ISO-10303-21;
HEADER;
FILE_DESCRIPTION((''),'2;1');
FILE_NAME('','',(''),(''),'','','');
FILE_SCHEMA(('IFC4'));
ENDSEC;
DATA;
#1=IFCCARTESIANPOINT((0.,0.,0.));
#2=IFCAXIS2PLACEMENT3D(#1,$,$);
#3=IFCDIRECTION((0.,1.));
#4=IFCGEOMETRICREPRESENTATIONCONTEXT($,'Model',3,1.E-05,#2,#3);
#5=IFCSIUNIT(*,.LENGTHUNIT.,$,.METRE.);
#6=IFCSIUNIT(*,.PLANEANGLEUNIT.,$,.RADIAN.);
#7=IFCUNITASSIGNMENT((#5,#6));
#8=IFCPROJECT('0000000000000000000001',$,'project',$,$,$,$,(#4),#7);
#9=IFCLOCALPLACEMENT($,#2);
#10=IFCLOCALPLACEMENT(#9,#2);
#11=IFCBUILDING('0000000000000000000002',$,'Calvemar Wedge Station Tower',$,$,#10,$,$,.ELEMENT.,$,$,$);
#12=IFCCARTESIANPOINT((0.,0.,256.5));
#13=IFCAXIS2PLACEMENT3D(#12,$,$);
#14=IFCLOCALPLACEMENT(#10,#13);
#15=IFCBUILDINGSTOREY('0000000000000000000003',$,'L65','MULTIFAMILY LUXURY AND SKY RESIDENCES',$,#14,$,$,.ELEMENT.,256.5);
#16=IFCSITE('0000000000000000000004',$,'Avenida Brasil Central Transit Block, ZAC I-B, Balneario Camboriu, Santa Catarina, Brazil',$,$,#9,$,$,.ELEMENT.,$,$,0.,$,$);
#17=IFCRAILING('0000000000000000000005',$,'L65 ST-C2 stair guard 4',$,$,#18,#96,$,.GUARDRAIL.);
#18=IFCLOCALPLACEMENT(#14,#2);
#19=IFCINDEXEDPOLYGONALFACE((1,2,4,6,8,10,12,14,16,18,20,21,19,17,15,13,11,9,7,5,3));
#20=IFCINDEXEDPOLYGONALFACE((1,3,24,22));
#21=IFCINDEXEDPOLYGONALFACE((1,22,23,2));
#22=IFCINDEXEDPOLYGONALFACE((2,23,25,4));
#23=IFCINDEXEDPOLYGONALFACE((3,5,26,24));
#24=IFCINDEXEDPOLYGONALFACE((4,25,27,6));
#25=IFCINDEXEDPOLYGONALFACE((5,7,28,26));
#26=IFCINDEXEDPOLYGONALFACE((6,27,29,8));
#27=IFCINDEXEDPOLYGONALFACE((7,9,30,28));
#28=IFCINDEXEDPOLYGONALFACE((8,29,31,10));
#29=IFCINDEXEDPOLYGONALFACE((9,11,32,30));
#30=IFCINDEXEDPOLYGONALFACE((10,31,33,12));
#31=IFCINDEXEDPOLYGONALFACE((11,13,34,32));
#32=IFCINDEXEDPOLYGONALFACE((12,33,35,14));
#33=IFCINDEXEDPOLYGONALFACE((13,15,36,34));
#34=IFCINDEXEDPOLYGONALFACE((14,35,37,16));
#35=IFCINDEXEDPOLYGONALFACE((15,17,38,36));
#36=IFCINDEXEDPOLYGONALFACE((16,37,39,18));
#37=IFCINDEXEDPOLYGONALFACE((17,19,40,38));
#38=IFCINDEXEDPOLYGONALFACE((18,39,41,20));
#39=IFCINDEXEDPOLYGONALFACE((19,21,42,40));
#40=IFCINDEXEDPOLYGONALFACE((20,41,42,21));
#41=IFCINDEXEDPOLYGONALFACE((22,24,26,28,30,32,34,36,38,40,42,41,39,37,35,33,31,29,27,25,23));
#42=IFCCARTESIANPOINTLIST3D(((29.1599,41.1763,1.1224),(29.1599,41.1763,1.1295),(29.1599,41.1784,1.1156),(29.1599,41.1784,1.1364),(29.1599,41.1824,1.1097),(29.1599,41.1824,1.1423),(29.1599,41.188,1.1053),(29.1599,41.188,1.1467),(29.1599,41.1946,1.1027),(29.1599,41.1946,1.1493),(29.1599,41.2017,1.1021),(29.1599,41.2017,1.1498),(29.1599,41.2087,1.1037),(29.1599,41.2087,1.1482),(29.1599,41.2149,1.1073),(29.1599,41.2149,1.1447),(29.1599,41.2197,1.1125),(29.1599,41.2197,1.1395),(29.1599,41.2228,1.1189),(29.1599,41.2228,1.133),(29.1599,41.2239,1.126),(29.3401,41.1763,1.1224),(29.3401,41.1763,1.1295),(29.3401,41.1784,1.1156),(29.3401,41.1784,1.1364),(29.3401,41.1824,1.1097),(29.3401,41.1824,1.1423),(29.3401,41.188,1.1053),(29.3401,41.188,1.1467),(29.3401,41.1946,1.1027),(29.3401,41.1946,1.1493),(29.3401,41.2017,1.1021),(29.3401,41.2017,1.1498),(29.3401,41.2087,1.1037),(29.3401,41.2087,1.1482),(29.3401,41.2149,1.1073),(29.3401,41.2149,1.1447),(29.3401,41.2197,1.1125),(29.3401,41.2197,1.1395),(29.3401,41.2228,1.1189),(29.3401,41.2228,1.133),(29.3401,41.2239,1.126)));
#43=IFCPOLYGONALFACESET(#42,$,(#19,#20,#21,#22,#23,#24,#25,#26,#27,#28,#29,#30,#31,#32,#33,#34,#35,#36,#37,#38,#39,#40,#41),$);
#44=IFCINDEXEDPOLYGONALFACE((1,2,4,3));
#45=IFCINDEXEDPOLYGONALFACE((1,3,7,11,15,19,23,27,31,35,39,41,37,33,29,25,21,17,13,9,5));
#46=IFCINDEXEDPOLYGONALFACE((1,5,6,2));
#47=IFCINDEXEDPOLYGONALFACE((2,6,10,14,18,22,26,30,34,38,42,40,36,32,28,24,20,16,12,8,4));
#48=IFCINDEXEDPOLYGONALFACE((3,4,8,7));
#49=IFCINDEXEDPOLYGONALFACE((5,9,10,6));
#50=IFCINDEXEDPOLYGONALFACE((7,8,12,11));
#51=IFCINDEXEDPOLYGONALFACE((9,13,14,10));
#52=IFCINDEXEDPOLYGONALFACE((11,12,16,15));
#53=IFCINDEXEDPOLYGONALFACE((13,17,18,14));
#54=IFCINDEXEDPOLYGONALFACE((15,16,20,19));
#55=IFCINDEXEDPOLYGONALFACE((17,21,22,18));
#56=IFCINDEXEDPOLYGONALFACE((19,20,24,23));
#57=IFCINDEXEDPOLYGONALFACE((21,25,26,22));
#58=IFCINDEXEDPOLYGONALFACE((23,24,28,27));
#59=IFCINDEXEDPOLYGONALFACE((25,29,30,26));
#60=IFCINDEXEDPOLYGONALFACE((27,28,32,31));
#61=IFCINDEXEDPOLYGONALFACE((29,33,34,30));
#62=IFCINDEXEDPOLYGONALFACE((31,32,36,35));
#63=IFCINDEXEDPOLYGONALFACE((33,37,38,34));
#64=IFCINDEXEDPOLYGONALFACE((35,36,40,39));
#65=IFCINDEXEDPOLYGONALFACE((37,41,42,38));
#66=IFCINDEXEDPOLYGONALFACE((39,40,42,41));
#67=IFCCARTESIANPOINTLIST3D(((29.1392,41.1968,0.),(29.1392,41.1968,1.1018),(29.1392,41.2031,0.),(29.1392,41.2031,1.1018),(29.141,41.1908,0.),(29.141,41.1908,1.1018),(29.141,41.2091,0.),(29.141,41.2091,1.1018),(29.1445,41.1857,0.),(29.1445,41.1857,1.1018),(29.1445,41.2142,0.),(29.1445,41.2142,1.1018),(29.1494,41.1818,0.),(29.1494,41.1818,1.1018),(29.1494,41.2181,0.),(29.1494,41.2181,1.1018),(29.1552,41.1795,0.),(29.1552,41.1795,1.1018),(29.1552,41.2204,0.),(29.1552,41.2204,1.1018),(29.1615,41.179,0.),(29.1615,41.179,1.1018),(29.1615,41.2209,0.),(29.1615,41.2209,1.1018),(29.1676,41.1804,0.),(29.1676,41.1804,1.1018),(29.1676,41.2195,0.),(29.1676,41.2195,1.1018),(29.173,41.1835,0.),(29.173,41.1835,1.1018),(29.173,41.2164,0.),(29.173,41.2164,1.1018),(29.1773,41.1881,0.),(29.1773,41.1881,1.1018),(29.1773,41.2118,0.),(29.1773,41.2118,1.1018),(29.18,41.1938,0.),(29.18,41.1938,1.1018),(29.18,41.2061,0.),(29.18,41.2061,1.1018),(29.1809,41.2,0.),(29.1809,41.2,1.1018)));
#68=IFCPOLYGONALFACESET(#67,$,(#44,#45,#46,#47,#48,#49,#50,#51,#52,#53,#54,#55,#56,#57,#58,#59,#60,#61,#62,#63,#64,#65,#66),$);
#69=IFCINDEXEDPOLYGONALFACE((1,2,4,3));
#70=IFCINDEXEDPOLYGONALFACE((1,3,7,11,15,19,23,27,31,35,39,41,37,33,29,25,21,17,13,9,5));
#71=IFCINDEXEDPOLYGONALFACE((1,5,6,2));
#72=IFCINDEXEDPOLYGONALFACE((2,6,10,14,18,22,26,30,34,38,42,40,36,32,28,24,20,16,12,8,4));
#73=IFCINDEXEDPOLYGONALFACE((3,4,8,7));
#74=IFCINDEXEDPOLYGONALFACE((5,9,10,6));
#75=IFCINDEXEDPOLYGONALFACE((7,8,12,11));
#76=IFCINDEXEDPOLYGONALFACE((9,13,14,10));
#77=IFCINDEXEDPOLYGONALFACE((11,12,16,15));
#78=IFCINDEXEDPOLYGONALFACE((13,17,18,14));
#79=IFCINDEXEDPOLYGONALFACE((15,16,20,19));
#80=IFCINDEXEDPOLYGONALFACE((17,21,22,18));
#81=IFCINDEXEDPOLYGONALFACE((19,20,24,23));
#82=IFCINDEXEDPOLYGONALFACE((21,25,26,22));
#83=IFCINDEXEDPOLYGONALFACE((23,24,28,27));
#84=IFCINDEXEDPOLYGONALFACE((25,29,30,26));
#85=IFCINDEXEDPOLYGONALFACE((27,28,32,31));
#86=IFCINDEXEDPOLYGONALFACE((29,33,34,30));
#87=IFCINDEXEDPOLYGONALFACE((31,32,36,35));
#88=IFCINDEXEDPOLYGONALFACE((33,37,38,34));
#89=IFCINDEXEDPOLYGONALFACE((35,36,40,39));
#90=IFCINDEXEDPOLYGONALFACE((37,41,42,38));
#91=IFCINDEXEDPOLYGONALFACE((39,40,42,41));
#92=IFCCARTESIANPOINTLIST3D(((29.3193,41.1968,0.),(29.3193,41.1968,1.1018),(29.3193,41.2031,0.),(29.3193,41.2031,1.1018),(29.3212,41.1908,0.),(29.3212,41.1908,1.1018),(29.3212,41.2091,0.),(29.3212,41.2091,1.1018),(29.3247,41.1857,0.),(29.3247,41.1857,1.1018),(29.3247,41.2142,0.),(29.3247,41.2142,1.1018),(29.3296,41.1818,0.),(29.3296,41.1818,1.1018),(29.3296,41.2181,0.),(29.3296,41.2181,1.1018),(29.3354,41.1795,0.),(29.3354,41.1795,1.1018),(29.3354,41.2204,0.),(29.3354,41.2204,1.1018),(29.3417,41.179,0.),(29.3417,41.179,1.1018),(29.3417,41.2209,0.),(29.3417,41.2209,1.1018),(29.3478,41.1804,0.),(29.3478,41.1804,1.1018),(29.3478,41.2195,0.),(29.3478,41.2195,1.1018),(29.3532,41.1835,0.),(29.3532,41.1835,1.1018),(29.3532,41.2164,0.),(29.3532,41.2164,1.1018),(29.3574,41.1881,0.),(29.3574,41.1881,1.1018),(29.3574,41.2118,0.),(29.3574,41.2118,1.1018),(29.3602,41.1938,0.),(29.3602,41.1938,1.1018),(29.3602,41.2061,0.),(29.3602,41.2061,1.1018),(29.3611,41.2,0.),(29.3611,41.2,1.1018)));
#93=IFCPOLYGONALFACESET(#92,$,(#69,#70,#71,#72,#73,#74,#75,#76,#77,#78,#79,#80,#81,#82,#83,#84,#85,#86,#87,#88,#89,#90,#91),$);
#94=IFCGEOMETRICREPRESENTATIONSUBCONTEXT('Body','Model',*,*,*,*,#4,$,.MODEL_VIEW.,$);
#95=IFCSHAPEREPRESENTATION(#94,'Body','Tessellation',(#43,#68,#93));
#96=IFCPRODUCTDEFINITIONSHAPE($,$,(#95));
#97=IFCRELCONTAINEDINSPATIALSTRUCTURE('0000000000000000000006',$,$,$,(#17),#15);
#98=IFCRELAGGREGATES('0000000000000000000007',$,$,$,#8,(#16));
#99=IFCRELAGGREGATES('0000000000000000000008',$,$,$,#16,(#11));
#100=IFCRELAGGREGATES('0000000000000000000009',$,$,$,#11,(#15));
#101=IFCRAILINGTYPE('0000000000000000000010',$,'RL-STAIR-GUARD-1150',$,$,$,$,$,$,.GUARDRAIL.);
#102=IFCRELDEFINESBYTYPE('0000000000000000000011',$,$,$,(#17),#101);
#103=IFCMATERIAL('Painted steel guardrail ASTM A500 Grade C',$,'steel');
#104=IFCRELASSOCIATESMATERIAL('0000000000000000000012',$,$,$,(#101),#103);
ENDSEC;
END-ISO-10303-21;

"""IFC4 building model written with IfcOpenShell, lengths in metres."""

from ifc_helpers import new_model, si_unit, direction, frame, origin, origin_2d, place, context, subcontext, project, spatial, circle, extrude, material, type_object, element, save


model = new_model("IFC4")

# Units and contexts
model_context = context("Model", 3, precision=1e-05, world=origin(), true_north=direction((0.0, 1.0)))
body_context = subcontext(model_context, "Body", "Model", "MODEL_VIEW")
ifc_project = project(units=[si_unit("LENGTHUNIT", "METRE"), si_unit("PLANEANGLEUNIT", "RADIAN")], contexts=[model_context])

# Site, building, storey
site_placement = place(None, origin())
site = spatial("IfcSite", under=ifc_project, at=site_placement, Name="Avenida Brasil Central Transit Block, ZAC I-B, Balneario Camboriu, Santa Catarina, Brazil", CompositionType="ELEMENT", RefElevation=0.0)
building_placement = place(site_placement, origin())
building = spatial("IfcBuilding", under=site, at=building_placement, Name="Calvemar Wedge Station Tower", CompositionType="ELEMENT")
storey_placement = place(building_placement, frame((0.0, 0.0, 256.5)))
storey = spatial("IfcBuildingStorey", under=building, at=storey_placement, Name="L65", Description="MULTIFAMILY LUXURY AND SKY RESIDENCES", CompositionType="ELEMENT", Elevation=256.5)

# Railing
ifc_material_1 = material(Name="Painted steel guardrail ASTM A500 Grade C", Category="steel")
railing_type_1 = type_object("IfcRailingType", Name="RL-STAIR-GUARD-1150", PredefinedType="GUARDRAIL", material=ifc_material_1)
railing_1_placement = place(storey_placement, frame((29.1599, 41.2, 0.0)))
element("IfcRailing", 1, at=railing_1_placement, inside=storey, type_object=railing_type_1, Name="L65 ST-C2 stair guard 4", PredefinedType="GUARDRAIL", context=body_context, shape_type="SweptSolid", body=[
    extrude(circle(Radius=0.0239, at=origin_2d()), frame((0.0, 0.0, 1.126), z_axis=(1.0, 0.0, 0.0), x_axis=(0.0, 1.0, 0.0)), (0.0, 0.0, 1.0), 0.1802),
    extrude(circle(Radius=0.021, at=origin_2d()), origin(), (0.0, 0.0, 1.0), 1.1018),
    extrude(circle(Radius=0.021, at=origin_2d()), frame((0.1802, 0.0, 0.0)), (0.0, 0.0, 1.0), 1.1018),
])

save(model, "model.ifc")
